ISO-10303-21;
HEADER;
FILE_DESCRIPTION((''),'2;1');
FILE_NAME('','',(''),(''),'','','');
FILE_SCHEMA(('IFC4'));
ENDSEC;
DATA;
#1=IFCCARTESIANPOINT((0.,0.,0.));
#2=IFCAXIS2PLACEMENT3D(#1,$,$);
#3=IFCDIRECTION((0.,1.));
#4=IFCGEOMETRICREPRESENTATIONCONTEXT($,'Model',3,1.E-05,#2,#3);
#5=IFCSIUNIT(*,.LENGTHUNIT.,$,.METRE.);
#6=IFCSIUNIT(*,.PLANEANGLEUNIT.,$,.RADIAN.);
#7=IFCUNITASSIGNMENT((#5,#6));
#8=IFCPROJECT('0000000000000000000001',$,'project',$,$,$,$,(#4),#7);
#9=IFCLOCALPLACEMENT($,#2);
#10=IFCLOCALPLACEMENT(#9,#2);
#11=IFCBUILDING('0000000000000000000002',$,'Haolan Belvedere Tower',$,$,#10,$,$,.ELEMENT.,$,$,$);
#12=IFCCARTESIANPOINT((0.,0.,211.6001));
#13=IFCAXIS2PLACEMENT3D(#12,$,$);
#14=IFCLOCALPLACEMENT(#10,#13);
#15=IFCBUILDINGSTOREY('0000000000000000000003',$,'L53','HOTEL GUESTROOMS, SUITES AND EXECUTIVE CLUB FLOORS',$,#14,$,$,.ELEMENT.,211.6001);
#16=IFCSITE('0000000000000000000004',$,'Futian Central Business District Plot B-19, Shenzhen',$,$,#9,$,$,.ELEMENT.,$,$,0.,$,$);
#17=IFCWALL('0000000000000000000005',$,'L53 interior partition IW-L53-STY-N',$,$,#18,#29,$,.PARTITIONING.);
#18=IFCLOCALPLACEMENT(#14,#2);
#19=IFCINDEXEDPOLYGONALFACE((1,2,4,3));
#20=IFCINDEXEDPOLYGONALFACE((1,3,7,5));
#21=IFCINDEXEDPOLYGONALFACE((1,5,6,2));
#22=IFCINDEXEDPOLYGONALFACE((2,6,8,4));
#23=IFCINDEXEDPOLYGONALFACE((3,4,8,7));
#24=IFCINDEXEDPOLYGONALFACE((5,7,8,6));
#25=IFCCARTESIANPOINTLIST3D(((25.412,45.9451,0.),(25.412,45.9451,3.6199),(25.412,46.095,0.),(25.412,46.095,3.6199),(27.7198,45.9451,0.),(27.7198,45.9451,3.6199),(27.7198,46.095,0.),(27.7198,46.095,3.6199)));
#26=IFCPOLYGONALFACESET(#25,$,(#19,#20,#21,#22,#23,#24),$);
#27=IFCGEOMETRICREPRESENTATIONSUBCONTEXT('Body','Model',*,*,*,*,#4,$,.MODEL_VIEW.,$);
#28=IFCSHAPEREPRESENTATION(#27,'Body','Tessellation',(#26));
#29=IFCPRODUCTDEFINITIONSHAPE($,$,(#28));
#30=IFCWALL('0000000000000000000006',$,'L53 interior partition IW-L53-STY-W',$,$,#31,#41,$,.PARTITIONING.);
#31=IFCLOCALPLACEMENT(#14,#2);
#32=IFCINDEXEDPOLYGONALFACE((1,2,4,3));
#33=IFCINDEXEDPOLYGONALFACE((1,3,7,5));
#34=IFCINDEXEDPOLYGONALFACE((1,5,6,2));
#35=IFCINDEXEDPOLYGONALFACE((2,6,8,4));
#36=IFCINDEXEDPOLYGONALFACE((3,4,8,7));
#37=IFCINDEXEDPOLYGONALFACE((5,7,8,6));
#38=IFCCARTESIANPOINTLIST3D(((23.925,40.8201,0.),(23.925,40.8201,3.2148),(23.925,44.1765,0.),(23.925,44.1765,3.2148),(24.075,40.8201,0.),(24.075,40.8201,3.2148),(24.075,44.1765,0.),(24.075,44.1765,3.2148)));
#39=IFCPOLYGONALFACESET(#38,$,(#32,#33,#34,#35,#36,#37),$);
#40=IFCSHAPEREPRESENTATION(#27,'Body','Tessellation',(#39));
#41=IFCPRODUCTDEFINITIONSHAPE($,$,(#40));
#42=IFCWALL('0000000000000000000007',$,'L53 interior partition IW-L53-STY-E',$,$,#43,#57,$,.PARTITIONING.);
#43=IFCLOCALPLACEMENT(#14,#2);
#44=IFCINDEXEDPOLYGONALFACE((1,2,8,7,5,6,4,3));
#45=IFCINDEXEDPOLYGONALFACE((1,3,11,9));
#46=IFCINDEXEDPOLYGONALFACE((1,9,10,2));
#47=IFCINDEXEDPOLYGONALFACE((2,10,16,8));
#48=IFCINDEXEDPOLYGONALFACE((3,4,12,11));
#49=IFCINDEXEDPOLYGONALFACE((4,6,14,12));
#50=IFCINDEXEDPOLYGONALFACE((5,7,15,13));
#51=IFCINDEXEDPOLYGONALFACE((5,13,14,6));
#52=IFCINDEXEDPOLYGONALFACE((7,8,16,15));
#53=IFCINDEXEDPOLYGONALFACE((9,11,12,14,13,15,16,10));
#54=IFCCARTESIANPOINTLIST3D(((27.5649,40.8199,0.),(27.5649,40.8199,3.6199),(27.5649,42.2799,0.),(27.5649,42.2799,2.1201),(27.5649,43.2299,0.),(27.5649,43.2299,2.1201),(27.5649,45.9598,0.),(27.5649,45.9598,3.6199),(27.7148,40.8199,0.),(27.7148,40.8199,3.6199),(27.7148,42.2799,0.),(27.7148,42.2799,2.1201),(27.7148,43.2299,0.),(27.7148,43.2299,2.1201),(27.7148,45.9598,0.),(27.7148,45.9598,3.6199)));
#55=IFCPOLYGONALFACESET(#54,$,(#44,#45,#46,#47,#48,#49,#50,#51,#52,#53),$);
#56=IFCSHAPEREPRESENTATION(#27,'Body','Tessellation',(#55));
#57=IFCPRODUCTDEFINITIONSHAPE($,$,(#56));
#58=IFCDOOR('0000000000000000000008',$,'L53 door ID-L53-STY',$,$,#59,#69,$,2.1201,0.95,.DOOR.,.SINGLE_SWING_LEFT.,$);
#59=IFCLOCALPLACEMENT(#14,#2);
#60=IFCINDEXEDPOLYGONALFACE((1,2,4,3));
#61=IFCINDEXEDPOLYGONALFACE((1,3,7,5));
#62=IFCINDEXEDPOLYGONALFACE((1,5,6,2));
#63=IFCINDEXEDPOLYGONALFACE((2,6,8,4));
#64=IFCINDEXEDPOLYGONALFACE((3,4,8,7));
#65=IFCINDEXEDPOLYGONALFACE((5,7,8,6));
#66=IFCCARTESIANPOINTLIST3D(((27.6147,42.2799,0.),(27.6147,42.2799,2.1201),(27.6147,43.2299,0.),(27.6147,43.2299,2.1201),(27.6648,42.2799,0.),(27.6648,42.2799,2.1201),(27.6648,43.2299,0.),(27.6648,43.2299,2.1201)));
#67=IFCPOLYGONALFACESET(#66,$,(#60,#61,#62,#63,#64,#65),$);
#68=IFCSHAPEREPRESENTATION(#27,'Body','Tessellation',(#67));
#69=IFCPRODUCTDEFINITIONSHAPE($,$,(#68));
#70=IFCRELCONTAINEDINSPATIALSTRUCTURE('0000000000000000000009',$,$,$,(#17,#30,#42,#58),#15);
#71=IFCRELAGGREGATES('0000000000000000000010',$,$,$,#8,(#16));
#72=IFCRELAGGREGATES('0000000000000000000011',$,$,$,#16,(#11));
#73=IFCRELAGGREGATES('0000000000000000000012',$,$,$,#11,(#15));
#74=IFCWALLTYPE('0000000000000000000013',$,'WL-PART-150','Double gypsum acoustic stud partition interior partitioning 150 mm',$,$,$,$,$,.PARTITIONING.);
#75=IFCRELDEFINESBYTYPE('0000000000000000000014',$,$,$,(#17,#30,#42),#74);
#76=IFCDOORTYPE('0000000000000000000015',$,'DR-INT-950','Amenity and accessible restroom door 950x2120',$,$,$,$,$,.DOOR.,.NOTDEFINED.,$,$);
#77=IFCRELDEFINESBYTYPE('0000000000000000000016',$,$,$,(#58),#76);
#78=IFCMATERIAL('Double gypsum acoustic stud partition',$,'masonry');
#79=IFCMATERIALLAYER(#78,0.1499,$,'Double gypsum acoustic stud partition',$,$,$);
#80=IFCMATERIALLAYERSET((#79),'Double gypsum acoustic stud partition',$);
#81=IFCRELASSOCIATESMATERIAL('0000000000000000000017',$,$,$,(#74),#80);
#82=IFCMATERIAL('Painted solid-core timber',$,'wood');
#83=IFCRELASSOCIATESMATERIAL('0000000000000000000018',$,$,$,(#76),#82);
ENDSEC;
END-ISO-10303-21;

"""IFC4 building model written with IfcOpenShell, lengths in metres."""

from ifc_helpers import new_model, si_unit, direction, frame, frame_2d, origin, place, context, subcontext, project, spatial, rectangle, extrude, material, layer, layer_set, type_object, element, fill, save


model = new_model("IFC4")

# Units and contexts
model_context = context("Model", 3, precision=1e-05, world=origin(), true_north=direction((0.0, 1.0)))
body_context = subcontext(model_context, "Body", "Model", "MODEL_VIEW")
ifc_project = project(units=[si_unit("LENGTHUNIT", "METRE"), si_unit("PLANEANGLEUNIT", "RADIAN")], contexts=[model_context])

# Site, building, storey
site_placement = place(None, origin())
site = spatial("IfcSite", under=ifc_project, at=site_placement, Name="Futian Central Business District Plot B-19, Shenzhen", CompositionType="ELEMENT", RefElevation=0.0)
building_placement = place(site_placement, origin())
building = spatial("IfcBuilding", under=site, at=building_placement, Name="Haolan Belvedere Tower", CompositionType="ELEMENT")
storey_placement = place(building_placement, frame((0.0, 0.0, 211.6001)))
storey = spatial("IfcBuildingStorey", under=building, at=storey_placement, Name="L53", Description="HOTEL GUESTROOMS, SUITES AND EXECUTIVE CLUB FLOORS", CompositionType="ELEMENT", Elevation=211.6001)

# Shared definitions
ifc_material_1 = material(Name="Double gypsum acoustic stud partition", Category="masonry")
ifc_layer_1 = layer(ifc_material_1, 0.1499, Name="Double gypsum acoustic stud partition")
ifc_layer_set_1 = layer_set([ifc_layer_1], Name="Double gypsum acoustic stud partition")
wall_type_1 = type_object("IfcWallType", Name="WL-PART-150", Description="Double gypsum acoustic stud partition interior partitioning 150 mm", PredefinedType="PARTITIONING", material=ifc_layer_set_1)
ifc_material_2 = material(Name="Painted solid-core timber", Category="wood")
door_type_1 = type_object("IfcDoorType", Name="DR-INT-950", Description="Amenity and accessible restroom door 950x2120", OperationType="NOTDEFINED", PredefinedType="DOOR", material=ifc_material_2)

# Walls
wall_1_placement = place(storey_placement, frame((25.4121, 46.02, 0.0), z_axis=(0.0, 0.0, 1.0), x_axis=(1.0, 0.0, 0.0)))
element("IfcWall", 1, at=wall_1_placement, inside=storey, type_object=wall_type_1, Name="L53 interior partition IW-L53-STY-N", PredefinedType="PARTITIONING", context=body_context, shape_type="SweptSolid", body=[
    extrude(rectangle(XDim=2.3079, YDim=0.1499, at=frame_2d((1.1538, 0.0))), origin(), (0.0, 0.0, 1.0), 3.6199),
])
wall_2_placement = place(storey_placement, frame((24.0, 40.8201, 0.0), z_axis=(0.0, 0.0, 1.0), x_axis=(0.0, 1.0, 0.0)))
element("IfcWall", 2, at=wall_2_placement, inside=storey, type_object=wall_type_1, Name="L53 interior partition IW-L53-STY-W", PredefinedType="PARTITIONING", context=body_context, shape_type="SweptSolid", body=[
    extrude(rectangle(XDim=3.3564, YDim=0.1499, at=frame_2d((1.6782, 0.0))), origin(), (0.0, 0.0, 1.0), 3.2148),
])

# Wall, opening, door
wall_3_placement = place(storey_placement, frame((27.6399, 40.8201, 0.0), z_axis=(0.0, 0.0, 1.0), x_axis=(0.0, 1.0, 0.0)))
wall_3 = element("IfcWall", 3, at=wall_3_placement, inside=storey, type_object=wall_type_1, Name="L53 interior partition IW-L53-STY-E", PredefinedType="PARTITIONING", context=body_context, shape_type="SweptSolid", body=[
    extrude(rectangle(XDim=5.1399, YDim=0.1499, at=frame_2d((2.5698, 0.0))), origin(), (0.0, 0.0, 1.0), 3.6199),
])
opening_1_placement = place(wall_3_placement, frame((2.4099, 0.0, 0.0), z_axis=(0.0, 0.0, 1.0), x_axis=(-1.0, 0.0, 0.0)))
opening_1 = element("IfcOpeningElement", 4, at=opening_1_placement, cuts=wall_3, PredefinedType="OPENING", context=body_context, shape_type="SweptSolid", body=[
    extrude(rectangle(XDim=0.95, YDim=2.1201, at=frame_2d((0.4751, 1.0601))), frame((0.0, 0.085, 0.0), z_axis=(0.0, -1.0, 0.0), x_axis=(1.0, 0.0, 0.0)), (0.0, 0.0, 1.0), 0.1699),
])
door_1_placement = place(opening_1_placement, origin())
door_1 = element("IfcDoor", 5, at=door_1_placement, inside=storey, type_object=door_type_1, Name="L53 door ID-L53-STY", OperationType="SINGLE_SWING_LEFT", OverallHeight=2.1201, OverallWidth=0.95, PredefinedType="DOOR", context=body_context, shape_type="SweptSolid", body=[
    extrude(rectangle(XDim=0.95, YDim=2.1201, at=frame_2d((0.4751, 1.0601))), frame((0.0, 0.0249, 0.0), z_axis=(0.0, -1.0, 0.0), x_axis=(1.0, 0.0, 0.0)), (0.0, 0.0, 1.0), 0.05),
])
fill(opening_1, door_1)

save(model, "model.ifc")
